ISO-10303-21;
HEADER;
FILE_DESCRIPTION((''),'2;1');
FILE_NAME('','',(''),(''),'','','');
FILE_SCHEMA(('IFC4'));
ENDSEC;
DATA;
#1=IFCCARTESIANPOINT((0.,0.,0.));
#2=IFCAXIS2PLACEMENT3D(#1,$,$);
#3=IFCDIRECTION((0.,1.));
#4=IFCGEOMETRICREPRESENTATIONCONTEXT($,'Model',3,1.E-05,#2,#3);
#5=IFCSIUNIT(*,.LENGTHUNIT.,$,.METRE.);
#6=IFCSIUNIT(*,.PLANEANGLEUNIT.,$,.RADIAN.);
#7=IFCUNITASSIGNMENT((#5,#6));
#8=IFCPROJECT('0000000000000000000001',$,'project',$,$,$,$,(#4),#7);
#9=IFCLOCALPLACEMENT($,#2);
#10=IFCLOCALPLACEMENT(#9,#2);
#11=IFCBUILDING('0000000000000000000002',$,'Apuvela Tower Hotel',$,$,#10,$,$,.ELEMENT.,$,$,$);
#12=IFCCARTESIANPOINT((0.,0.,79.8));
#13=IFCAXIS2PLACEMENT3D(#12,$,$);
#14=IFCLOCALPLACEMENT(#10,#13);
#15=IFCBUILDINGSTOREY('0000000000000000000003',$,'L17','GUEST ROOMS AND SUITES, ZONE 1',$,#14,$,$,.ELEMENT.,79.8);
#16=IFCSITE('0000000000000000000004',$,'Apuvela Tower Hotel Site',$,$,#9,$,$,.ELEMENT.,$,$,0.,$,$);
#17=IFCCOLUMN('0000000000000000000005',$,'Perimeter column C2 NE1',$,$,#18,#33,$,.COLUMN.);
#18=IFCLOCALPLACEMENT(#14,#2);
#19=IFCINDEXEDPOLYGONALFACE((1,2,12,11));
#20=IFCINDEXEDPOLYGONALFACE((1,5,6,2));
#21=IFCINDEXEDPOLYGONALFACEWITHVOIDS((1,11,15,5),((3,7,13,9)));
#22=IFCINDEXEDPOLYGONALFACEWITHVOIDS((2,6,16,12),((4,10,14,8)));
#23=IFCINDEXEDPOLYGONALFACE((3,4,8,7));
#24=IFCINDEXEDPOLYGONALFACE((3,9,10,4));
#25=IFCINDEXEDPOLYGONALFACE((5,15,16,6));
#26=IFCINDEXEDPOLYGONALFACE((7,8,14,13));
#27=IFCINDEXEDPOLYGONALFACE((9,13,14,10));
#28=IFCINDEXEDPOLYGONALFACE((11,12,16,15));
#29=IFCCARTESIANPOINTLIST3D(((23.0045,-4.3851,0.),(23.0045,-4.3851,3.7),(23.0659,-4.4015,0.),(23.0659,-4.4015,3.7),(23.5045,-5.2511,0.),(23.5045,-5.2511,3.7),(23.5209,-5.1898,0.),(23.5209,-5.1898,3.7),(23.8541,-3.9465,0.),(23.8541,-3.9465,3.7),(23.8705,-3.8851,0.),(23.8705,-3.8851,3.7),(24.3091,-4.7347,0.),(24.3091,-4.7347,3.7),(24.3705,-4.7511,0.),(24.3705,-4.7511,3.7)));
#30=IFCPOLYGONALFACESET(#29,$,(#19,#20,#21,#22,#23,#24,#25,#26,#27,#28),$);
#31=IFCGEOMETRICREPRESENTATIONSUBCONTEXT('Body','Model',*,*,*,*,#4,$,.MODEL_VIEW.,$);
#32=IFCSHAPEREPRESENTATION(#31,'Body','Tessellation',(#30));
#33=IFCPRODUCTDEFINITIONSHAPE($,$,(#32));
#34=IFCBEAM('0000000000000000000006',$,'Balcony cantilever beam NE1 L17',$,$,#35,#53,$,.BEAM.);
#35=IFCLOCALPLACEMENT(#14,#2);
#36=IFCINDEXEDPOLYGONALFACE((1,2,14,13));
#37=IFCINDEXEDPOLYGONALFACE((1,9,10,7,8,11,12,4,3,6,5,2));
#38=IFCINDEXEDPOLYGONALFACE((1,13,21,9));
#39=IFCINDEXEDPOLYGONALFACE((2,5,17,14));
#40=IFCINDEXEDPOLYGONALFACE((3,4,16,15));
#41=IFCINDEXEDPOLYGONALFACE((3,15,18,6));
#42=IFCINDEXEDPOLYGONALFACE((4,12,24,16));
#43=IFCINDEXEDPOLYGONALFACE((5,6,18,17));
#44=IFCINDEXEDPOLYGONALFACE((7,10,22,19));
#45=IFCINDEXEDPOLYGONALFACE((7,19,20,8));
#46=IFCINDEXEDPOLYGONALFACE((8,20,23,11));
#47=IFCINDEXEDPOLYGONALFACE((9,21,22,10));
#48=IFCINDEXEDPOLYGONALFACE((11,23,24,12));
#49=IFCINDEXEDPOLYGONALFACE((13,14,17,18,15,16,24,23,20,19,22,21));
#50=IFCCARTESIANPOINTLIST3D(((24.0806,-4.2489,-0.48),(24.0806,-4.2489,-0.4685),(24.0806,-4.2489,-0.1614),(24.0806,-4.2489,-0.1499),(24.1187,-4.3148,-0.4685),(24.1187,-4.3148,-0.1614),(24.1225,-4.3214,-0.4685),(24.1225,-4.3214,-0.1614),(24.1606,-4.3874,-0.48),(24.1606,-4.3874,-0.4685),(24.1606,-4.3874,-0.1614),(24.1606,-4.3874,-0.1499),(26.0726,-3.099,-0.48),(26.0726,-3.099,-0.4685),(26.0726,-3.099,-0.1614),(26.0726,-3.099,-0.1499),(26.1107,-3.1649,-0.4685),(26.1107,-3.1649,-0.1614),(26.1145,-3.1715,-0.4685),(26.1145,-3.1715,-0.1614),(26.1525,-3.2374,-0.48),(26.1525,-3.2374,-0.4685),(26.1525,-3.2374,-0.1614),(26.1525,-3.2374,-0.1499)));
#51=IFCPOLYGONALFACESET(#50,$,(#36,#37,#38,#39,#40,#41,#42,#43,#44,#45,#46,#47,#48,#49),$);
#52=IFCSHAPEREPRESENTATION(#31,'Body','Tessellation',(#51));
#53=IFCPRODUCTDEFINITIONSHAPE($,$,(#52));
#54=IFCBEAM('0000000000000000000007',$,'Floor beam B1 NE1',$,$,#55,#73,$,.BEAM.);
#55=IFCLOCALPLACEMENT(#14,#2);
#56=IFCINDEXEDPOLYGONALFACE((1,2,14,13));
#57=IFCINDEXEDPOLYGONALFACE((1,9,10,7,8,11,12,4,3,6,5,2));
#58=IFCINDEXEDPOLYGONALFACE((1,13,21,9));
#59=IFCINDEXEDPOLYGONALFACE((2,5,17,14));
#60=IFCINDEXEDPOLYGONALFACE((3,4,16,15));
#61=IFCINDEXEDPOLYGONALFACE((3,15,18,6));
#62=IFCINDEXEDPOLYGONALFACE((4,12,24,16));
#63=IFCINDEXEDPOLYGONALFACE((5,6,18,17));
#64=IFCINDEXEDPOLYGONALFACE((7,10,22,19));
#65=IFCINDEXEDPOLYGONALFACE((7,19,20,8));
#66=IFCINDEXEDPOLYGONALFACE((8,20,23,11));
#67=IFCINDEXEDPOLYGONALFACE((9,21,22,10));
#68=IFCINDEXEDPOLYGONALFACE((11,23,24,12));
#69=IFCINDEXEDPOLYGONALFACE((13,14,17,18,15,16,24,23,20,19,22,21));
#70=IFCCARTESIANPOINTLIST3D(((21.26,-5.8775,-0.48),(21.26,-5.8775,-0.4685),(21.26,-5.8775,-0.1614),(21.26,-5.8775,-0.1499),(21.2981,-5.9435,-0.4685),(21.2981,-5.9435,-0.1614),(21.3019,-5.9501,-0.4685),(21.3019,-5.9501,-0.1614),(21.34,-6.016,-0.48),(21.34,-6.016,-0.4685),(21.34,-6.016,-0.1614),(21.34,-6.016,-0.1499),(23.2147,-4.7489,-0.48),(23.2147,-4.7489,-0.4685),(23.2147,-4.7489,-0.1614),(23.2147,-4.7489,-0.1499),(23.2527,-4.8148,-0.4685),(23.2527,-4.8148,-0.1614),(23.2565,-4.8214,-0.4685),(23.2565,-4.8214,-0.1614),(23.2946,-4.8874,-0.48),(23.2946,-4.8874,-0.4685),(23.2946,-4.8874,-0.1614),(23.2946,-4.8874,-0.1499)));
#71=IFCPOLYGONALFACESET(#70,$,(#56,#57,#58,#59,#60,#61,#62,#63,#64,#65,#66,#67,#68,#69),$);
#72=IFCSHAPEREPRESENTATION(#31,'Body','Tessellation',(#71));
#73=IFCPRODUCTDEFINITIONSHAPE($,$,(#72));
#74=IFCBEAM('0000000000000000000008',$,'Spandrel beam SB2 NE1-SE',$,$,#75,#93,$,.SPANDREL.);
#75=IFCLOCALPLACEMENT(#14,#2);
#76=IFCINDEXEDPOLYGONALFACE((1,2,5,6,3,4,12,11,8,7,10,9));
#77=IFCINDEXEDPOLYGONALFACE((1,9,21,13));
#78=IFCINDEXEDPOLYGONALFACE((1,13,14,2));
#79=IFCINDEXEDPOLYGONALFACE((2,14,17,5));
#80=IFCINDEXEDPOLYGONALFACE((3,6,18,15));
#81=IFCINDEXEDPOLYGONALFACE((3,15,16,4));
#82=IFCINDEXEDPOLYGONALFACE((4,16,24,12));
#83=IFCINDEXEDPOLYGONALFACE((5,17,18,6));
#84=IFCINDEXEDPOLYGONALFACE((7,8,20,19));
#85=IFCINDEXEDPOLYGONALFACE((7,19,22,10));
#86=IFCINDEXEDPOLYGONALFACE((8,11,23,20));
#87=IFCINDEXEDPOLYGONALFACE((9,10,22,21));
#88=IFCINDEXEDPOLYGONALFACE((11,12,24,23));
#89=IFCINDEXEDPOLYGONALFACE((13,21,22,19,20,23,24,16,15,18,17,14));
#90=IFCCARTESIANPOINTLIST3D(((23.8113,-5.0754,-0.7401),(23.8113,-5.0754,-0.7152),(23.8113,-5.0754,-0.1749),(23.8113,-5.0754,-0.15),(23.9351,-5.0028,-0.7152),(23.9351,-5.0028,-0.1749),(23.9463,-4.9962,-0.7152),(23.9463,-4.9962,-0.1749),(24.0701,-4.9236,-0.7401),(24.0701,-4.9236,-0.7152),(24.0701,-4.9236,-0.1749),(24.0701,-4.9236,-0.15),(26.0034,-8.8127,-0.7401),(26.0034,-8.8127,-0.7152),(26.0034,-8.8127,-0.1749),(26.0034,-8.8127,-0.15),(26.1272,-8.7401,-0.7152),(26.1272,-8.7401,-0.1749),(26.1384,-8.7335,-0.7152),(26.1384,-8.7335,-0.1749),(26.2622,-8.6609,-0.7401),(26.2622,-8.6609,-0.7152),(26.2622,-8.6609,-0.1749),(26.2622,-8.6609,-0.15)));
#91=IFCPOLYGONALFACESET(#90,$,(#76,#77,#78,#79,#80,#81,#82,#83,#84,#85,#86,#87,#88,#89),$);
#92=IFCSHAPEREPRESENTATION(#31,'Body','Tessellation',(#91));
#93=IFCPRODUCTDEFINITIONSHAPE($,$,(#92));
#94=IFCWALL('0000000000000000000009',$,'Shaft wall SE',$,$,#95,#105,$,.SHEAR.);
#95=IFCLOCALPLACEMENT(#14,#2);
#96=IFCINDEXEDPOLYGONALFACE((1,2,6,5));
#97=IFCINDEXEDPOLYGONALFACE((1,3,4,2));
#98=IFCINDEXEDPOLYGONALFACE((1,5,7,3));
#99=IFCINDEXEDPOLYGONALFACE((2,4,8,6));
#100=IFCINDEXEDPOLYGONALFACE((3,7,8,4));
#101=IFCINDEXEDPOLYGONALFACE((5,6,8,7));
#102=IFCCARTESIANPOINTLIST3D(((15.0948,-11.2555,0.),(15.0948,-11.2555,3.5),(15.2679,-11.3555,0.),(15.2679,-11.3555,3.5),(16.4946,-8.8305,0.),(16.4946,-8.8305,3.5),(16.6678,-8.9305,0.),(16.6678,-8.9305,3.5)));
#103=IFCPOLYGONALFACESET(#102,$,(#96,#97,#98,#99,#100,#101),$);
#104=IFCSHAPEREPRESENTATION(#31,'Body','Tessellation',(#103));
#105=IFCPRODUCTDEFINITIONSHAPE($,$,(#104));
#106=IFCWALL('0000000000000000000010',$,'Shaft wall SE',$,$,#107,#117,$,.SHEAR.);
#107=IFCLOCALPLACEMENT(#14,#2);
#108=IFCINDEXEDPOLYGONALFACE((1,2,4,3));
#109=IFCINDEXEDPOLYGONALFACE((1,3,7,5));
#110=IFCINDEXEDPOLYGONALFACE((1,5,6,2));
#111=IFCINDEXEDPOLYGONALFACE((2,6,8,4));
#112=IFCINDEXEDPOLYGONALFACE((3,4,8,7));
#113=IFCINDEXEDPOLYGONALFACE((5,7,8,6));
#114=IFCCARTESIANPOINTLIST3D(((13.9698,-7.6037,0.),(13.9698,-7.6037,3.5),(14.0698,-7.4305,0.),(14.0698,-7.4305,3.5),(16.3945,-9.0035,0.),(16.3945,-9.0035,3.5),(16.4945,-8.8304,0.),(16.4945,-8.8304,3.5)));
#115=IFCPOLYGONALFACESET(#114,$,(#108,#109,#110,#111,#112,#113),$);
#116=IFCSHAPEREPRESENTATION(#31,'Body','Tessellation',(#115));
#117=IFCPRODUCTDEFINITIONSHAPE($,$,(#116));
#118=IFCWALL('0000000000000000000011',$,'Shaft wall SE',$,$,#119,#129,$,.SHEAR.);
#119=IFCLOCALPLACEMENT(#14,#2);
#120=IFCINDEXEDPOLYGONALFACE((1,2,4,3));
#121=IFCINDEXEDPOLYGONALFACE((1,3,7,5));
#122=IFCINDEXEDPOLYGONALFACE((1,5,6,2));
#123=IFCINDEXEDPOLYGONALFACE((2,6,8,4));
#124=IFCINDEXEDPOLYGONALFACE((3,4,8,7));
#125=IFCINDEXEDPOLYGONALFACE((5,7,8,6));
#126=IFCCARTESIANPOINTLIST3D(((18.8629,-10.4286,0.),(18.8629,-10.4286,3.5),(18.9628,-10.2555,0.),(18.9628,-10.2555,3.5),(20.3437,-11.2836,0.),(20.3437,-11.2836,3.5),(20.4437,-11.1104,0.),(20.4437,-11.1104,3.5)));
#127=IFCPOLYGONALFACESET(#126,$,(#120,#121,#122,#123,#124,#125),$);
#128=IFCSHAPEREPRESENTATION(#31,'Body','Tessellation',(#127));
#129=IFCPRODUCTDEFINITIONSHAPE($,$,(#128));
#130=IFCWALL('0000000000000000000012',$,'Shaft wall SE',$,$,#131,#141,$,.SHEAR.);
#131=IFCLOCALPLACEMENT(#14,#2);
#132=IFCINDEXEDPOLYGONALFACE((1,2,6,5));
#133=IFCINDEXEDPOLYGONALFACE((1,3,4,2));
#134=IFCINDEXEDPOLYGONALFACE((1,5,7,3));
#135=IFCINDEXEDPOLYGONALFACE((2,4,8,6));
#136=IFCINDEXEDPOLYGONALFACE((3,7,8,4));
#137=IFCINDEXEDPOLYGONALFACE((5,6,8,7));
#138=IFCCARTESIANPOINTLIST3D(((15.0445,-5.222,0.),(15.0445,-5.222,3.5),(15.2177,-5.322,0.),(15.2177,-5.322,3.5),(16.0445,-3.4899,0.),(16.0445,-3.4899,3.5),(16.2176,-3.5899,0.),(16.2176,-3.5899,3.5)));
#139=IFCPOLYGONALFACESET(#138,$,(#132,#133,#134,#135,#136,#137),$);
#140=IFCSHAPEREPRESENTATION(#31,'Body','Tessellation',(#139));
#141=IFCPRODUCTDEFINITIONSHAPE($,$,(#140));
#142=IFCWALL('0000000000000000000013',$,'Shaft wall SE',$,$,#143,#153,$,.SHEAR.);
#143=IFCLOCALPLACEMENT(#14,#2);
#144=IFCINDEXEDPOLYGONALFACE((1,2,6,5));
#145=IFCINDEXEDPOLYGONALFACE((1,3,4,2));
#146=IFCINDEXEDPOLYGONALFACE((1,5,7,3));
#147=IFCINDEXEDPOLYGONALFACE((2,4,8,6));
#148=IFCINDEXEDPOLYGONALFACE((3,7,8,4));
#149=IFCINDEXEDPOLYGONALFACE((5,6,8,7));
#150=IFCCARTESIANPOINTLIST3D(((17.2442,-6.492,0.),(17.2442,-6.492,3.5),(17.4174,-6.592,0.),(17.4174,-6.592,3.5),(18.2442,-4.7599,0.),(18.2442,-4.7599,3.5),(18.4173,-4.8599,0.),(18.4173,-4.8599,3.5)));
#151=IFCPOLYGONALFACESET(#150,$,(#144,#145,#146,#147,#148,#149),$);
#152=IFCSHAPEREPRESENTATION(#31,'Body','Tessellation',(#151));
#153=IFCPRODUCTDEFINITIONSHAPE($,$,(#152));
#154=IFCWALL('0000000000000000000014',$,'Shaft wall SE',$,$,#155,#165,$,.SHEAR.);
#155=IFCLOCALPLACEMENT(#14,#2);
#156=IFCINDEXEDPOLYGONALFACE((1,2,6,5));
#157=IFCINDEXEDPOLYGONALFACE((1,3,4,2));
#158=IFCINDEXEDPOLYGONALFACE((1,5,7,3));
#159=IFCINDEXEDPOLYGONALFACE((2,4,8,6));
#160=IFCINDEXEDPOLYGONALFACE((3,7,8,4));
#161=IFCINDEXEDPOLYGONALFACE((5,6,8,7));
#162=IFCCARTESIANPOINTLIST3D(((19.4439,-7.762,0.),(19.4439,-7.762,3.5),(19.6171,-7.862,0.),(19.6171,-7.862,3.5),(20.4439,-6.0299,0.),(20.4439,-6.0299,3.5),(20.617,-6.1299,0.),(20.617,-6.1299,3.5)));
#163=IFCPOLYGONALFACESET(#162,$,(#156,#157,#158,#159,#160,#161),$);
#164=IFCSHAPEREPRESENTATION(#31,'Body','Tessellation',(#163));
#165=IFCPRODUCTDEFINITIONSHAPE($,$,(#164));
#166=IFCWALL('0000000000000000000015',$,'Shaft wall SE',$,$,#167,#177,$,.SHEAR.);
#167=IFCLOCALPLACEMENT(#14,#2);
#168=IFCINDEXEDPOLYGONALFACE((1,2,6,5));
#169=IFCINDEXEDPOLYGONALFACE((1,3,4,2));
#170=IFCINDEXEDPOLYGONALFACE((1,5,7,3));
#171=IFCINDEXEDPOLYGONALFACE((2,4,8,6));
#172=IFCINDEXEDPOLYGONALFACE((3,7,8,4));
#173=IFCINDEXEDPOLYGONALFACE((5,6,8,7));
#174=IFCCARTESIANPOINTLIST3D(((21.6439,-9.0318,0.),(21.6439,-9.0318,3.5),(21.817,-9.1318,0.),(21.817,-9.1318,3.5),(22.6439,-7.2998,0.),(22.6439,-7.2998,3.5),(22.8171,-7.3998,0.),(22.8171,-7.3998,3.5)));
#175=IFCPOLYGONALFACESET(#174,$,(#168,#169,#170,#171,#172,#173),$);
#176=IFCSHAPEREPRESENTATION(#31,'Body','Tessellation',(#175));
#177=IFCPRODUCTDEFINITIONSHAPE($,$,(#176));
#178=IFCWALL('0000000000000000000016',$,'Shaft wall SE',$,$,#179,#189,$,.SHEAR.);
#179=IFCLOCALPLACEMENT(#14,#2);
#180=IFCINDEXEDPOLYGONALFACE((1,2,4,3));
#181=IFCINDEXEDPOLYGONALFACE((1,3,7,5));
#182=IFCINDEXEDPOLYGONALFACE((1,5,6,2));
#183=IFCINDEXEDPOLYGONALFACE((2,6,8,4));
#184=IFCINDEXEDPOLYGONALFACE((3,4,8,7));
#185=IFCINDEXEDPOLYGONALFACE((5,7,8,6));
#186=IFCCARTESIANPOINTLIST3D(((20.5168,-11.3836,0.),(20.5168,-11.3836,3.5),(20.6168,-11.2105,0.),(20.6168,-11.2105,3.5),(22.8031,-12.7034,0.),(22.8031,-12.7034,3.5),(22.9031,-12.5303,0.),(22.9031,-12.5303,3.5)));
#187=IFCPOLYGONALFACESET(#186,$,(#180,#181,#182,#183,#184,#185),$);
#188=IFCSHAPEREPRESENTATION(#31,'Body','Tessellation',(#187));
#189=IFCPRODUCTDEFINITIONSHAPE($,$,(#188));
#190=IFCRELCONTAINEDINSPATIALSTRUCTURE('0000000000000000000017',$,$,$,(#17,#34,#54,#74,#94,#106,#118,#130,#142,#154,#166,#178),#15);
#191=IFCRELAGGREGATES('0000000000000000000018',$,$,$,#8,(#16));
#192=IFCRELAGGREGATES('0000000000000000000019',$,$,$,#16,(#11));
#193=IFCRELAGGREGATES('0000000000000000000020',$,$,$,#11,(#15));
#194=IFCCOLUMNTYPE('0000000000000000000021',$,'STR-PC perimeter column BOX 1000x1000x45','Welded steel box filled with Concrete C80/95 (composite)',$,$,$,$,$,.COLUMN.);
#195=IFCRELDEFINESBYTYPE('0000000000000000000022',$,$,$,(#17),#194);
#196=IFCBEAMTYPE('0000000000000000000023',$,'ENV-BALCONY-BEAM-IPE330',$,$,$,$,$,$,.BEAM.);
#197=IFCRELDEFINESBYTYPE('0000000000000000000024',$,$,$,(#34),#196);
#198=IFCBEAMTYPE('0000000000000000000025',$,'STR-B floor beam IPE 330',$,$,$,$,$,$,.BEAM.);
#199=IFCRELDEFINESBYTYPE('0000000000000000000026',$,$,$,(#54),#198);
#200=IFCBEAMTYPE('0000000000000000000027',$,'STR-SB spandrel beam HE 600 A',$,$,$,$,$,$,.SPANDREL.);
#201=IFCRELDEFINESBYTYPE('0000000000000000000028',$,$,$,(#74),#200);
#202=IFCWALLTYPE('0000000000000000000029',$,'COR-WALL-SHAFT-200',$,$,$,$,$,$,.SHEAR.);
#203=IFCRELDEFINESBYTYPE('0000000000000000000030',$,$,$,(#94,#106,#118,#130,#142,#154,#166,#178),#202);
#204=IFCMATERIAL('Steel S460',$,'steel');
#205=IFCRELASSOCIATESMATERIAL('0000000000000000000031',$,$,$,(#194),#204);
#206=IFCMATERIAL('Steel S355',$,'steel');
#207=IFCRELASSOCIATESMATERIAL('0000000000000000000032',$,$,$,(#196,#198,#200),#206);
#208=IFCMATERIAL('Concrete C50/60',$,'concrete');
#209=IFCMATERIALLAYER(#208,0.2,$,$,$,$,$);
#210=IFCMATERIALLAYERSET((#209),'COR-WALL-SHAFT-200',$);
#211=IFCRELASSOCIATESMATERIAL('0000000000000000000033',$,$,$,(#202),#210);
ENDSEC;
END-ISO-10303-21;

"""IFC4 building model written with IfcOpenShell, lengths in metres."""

from ifc_helpers import new_model, si_unit, direction, frame, frame_2d, origin, origin_2d, place, context, subcontext, project, spatial, rectangle, hollow_rectangle, i_section, extrude, material, layer, layer_set, material_profile, profile_set, type_object, element, save


model = new_model("IFC4")

# Units and contexts
model_context = context("Model", 3, precision=1e-05, world=origin(), true_north=direction((0.0, 1.0)))
body_context = subcontext(model_context, "Body", "Model", "MODEL_VIEW")
ifc_project = project(units=[si_unit("LENGTHUNIT", "METRE"), si_unit("PLANEANGLEUNIT", "RADIAN")], contexts=[model_context])

# Site, building, storey
site_placement = place(None, origin())
site = spatial("IfcSite", under=ifc_project, at=site_placement, Name="Apuvela Tower Hotel Site", CompositionType="ELEMENT", RefElevation=0.0)
building_placement = place(site_placement, origin())
building = spatial("IfcBuilding", under=site, at=building_placement, Name="Apuvela Tower Hotel", CompositionType="ELEMENT")
storey_placement = place(building_placement, frame((0.0, 0.0, 79.8)))
storey = spatial("IfcBuildingStorey", under=building, at=storey_placement, Name="L17", Description="GUEST ROOMS AND SUITES, ZONE 1", CompositionType="ELEMENT", Elevation=79.8)

# Column
ifc_material_1 = material(Name="Steel S460", Category="steel")
ifc_material_profile_1 = material_profile(ifc_material_1, hollow_rectangle(XDim=1.0, YDim=1.0, WallThickness=0.0449, at=origin_2d()), Name="BOX 1000x1000x45")
ifc_material_2 = material(Name="Concrete C80/95", Category="concrete")
ifc_material_profile_2 = material_profile(ifc_material_2, rectangle(XDim=0.9099, YDim=0.9099, at=origin_2d()), Name="Concrete C80/95 infill")
ifc_profile_set_1 = profile_set([ifc_material_profile_1, ifc_material_profile_2], Name="Steel S460")
column_type = type_object("IfcColumnType", Name="STR-PC perimeter column BOX 1000x1000x45", Description="Welded steel box filled with Concrete C80/95 (composite)", PredefinedType="COLUMN", material=ifc_profile_set_1)
column_placement = place(storey_placement, frame((23.6875, -4.5681, 0.0), z_axis=(0.0, 0.0, 1.0), x_axis=(-0.5, 0.866025, 0.0)))
element("IfcColumn", 1, at=column_placement, inside=storey, type_object=column_type, Name="Perimeter column C2 NE1", PredefinedType="COLUMN", context=body_context, shape_type="SweptSolid", body=[
    extrude(hollow_rectangle(XDim=1.0, YDim=1.0, WallThickness=0.0449, at=origin_2d()), origin(), (0.0, 0.0, 1.0), 3.7),
])

# Beams
ifc_material_3 = material(Name="Steel S355", Category="steel")
ifc_material_profile_3 = material_profile(ifc_material_3, i_section(OverallWidth=0.1599, OverallDepth=0.3301, WebThickness=0.0076, FlangeThickness=0.0115, at=origin_2d()), Name="IPE 330")
ifc_profile_set_2 = profile_set([ifc_material_profile_3], Name="Steel S355")
beam_type_1 = type_object("IfcBeamType", Name="ENV-BALCONY-BEAM-IPE330", PredefinedType="BEAM", material=ifc_profile_set_2)
beam_1_placement = place(storey_placement, frame((24.1206, -4.3181, -0.3149), z_axis=(0.866053, 0.499952, 0.0), x_axis=(-0.499952, 0.866053, 0.0)))
element("IfcBeam", 2, at=beam_1_placement, inside=storey, type_object=beam_type_1, Name="Balcony cantilever beam NE1 L17", PredefinedType="BEAM", context=body_context, shape_type="SweptSolid", body=[
    extrude(i_section(OverallWidth=0.1599, OverallDepth=0.3301, WebThickness=0.0076, FlangeThickness=0.0115, at=origin_2d()), origin(), (0.0, 0.0, 1.0), 2.3),
])
ifc_material_profile_4 = material_profile(ifc_material_3, i_section(OverallWidth=0.1599, OverallDepth=0.3301, WebThickness=0.0076, FlangeThickness=0.0115, at=origin_2d()), Name="IPE 330")
ifc_profile_set_3 = profile_set([ifc_material_profile_4], Name="Steel S355")
beam_type_2 = type_object("IfcBeamType", Name="STR-B floor beam IPE 330", PredefinedType="BEAM", material=ifc_profile_set_3)
beam_2_placement = place(storey_placement, frame((23.2546, -4.8181, -0.3149), z_axis=(-0.865991, -0.50006, 0.0), x_axis=(0.50006, -0.865991, 0.0)))
element("IfcBeam", 3, at=beam_2_placement, inside=storey, type_object=beam_type_2, Name="Floor beam B1 NE1", PredefinedType="BEAM", context=body_context, shape_type="SweptSolid", body=[
    extrude(i_section(OverallWidth=0.1599, OverallDepth=0.3301, WebThickness=0.0076, FlangeThickness=0.0115, at=origin_2d()), origin(), (0.0, 0.0, 1.0), 2.2571),
])
ifc_material_profile_5 = material_profile(ifc_material_3, i_section(OverallWidth=0.3, OverallDepth=0.5901, WebThickness=0.0129, FlangeThickness=0.0249, at=origin_2d()), Name="HE 600 A")
ifc_profile_set_4 = profile_set([ifc_material_profile_5], Name="Steel S355")
beam_type_3 = type_object("IfcBeamType", Name="STR-SB spandrel beam HE 600 A", PredefinedType="SPANDREL", material=ifc_profile_set_4)
beam_3_placement = place(storey_placement, frame((23.9407, -4.9995, -0.4451), z_axis=(0.505944, -0.862567, 0.0), x_axis=(0.862567, 0.505944, 0.0)))
element("IfcBeam", 4, at=beam_3_placement, inside=storey, type_object=beam_type_3, Name="Spandrel beam SB2 NE1-SE", PredefinedType="SPANDREL", context=body_context, shape_type="SweptSolid", body=[
    extrude(i_section(OverallWidth=0.3, OverallDepth=0.5901, WebThickness=0.0129, FlangeThickness=0.0249, at=origin_2d()), origin(), (0.0, 0.0, 1.0), 4.3328),
])

# Walls
ifc_material_4 = material(Name="Concrete C50/60", Category="concrete")
ifc_layer_1 = layer(ifc_material_4, 0.2)
ifc_layer_set_1 = layer_set([ifc_layer_1], Name="COR-WALL-SHAFT-200")
wall_type_1 = type_object("IfcWallType", Name="COR-WALL-SHAFT-200", PredefinedType="SHEAR", material=ifc_layer_set_1)
wall_1_placement = place(storey_placement, frame((15.1814, -11.3054, 0.0), z_axis=(0.0, 0.0, 1.0), x_axis=(0.499946, 0.866056, 0.0)))
element("IfcWall", 5, at=wall_1_placement, inside=storey, type_object=wall_type_1, Name="Shaft wall SE", PredefinedType="SHEAR", context=body_context, shape_type="SweptSolid", body=[
    extrude(rectangle(XDim=2.8, YDim=0.2, at=frame_2d((1.3999, 0.0))), origin(), (0.0, 0.0, 1.0), 3.5),
])
wall_2_placement = place(storey_placement, frame((14.0198, -7.5171, 0.0), z_axis=(0.0, 0.0, 1.0), x_axis=(0.866035, -0.499984, 0.0)))
element("IfcWall", 6, at=wall_2_placement, inside=storey, type_object=wall_type_1, Name="Shaft wall SE", PredefinedType="SHEAR", context=body_context, shape_type="SweptSolid", body=[
    extrude(rectangle(XDim=2.7998, YDim=0.2, at=frame_2d((1.3999, 0.0))), origin(), (0.0, 0.0, 1.0), 3.5),
])
wall_3_placement = place(storey_placement, frame((18.9128, -10.342, 0.0), z_axis=(0.0, 0.0, 1.0), x_axis=(0.866038, -0.499978, 0.0)))
element("IfcWall", 7, at=wall_3_placement, inside=storey, type_object=wall_type_1, Name="Shaft wall SE", PredefinedType="SHEAR", context=body_context, shape_type="SweptSolid", body=[
    extrude(rectangle(XDim=1.71, YDim=0.2, at=frame_2d((0.855, 0.0))), origin(), (0.0, 0.0, 1.0), 3.5),
])
for number, where, z_axis, x_axis, name in (
    (8, (15.1311, -5.272, 0.0), (0.0, 0.0, 1.0), (0.499973, 0.866041, 0.0), "Shaft wall SE"),
    (9, (17.3308, -6.542, 0.0), (0.0, 0.0, 1.0), (0.499973, 0.866041, 0.0), "Shaft wall SE"),
    (10, (19.5305, -7.812, 0.0), (0.0, 0.0, 1.0), (0.499973, 0.866041, 0.0), "Shaft wall SE"),
    (11, (21.7305, -9.0818, 0.0), (0.0, 0.0, 1.0), (0.500025, 0.866011, 0.0), "Shaft wall SE"),
):
    element("IfcWall", number, at=place(storey_placement, frame(where, z_axis=z_axis, x_axis=x_axis)), inside=storey, type_object=wall_type_1, Name=name, PredefinedType="SHEAR", context=body_context, shape_type="SweptSolid", body=[
        extrude(rectangle(XDim=2.0, YDim=0.2, at=frame_2d((1.0, 0.0))), origin(), (0.0, 0.0, 1.0), 3.5),
    ])
wall_4_placement = place(storey_placement, frame((20.5669, -11.2971, 0.0), z_axis=(0.0, 0.0, 1.0), x_axis=(0.866061, -0.499939, 0.0)))
element("IfcWall", 12, at=wall_4_placement, inside=storey, type_object=wall_type_1, Name="Shaft wall SE", PredefinedType="SHEAR", context=body_context, shape_type="SweptSolid", body=[
    extrude(rectangle(XDim=2.6399, YDim=0.2, at=frame_2d((1.3198, 0.0))), origin(), (0.0, 0.0, 1.0), 3.5),
])

save(model, "model.ifc")
